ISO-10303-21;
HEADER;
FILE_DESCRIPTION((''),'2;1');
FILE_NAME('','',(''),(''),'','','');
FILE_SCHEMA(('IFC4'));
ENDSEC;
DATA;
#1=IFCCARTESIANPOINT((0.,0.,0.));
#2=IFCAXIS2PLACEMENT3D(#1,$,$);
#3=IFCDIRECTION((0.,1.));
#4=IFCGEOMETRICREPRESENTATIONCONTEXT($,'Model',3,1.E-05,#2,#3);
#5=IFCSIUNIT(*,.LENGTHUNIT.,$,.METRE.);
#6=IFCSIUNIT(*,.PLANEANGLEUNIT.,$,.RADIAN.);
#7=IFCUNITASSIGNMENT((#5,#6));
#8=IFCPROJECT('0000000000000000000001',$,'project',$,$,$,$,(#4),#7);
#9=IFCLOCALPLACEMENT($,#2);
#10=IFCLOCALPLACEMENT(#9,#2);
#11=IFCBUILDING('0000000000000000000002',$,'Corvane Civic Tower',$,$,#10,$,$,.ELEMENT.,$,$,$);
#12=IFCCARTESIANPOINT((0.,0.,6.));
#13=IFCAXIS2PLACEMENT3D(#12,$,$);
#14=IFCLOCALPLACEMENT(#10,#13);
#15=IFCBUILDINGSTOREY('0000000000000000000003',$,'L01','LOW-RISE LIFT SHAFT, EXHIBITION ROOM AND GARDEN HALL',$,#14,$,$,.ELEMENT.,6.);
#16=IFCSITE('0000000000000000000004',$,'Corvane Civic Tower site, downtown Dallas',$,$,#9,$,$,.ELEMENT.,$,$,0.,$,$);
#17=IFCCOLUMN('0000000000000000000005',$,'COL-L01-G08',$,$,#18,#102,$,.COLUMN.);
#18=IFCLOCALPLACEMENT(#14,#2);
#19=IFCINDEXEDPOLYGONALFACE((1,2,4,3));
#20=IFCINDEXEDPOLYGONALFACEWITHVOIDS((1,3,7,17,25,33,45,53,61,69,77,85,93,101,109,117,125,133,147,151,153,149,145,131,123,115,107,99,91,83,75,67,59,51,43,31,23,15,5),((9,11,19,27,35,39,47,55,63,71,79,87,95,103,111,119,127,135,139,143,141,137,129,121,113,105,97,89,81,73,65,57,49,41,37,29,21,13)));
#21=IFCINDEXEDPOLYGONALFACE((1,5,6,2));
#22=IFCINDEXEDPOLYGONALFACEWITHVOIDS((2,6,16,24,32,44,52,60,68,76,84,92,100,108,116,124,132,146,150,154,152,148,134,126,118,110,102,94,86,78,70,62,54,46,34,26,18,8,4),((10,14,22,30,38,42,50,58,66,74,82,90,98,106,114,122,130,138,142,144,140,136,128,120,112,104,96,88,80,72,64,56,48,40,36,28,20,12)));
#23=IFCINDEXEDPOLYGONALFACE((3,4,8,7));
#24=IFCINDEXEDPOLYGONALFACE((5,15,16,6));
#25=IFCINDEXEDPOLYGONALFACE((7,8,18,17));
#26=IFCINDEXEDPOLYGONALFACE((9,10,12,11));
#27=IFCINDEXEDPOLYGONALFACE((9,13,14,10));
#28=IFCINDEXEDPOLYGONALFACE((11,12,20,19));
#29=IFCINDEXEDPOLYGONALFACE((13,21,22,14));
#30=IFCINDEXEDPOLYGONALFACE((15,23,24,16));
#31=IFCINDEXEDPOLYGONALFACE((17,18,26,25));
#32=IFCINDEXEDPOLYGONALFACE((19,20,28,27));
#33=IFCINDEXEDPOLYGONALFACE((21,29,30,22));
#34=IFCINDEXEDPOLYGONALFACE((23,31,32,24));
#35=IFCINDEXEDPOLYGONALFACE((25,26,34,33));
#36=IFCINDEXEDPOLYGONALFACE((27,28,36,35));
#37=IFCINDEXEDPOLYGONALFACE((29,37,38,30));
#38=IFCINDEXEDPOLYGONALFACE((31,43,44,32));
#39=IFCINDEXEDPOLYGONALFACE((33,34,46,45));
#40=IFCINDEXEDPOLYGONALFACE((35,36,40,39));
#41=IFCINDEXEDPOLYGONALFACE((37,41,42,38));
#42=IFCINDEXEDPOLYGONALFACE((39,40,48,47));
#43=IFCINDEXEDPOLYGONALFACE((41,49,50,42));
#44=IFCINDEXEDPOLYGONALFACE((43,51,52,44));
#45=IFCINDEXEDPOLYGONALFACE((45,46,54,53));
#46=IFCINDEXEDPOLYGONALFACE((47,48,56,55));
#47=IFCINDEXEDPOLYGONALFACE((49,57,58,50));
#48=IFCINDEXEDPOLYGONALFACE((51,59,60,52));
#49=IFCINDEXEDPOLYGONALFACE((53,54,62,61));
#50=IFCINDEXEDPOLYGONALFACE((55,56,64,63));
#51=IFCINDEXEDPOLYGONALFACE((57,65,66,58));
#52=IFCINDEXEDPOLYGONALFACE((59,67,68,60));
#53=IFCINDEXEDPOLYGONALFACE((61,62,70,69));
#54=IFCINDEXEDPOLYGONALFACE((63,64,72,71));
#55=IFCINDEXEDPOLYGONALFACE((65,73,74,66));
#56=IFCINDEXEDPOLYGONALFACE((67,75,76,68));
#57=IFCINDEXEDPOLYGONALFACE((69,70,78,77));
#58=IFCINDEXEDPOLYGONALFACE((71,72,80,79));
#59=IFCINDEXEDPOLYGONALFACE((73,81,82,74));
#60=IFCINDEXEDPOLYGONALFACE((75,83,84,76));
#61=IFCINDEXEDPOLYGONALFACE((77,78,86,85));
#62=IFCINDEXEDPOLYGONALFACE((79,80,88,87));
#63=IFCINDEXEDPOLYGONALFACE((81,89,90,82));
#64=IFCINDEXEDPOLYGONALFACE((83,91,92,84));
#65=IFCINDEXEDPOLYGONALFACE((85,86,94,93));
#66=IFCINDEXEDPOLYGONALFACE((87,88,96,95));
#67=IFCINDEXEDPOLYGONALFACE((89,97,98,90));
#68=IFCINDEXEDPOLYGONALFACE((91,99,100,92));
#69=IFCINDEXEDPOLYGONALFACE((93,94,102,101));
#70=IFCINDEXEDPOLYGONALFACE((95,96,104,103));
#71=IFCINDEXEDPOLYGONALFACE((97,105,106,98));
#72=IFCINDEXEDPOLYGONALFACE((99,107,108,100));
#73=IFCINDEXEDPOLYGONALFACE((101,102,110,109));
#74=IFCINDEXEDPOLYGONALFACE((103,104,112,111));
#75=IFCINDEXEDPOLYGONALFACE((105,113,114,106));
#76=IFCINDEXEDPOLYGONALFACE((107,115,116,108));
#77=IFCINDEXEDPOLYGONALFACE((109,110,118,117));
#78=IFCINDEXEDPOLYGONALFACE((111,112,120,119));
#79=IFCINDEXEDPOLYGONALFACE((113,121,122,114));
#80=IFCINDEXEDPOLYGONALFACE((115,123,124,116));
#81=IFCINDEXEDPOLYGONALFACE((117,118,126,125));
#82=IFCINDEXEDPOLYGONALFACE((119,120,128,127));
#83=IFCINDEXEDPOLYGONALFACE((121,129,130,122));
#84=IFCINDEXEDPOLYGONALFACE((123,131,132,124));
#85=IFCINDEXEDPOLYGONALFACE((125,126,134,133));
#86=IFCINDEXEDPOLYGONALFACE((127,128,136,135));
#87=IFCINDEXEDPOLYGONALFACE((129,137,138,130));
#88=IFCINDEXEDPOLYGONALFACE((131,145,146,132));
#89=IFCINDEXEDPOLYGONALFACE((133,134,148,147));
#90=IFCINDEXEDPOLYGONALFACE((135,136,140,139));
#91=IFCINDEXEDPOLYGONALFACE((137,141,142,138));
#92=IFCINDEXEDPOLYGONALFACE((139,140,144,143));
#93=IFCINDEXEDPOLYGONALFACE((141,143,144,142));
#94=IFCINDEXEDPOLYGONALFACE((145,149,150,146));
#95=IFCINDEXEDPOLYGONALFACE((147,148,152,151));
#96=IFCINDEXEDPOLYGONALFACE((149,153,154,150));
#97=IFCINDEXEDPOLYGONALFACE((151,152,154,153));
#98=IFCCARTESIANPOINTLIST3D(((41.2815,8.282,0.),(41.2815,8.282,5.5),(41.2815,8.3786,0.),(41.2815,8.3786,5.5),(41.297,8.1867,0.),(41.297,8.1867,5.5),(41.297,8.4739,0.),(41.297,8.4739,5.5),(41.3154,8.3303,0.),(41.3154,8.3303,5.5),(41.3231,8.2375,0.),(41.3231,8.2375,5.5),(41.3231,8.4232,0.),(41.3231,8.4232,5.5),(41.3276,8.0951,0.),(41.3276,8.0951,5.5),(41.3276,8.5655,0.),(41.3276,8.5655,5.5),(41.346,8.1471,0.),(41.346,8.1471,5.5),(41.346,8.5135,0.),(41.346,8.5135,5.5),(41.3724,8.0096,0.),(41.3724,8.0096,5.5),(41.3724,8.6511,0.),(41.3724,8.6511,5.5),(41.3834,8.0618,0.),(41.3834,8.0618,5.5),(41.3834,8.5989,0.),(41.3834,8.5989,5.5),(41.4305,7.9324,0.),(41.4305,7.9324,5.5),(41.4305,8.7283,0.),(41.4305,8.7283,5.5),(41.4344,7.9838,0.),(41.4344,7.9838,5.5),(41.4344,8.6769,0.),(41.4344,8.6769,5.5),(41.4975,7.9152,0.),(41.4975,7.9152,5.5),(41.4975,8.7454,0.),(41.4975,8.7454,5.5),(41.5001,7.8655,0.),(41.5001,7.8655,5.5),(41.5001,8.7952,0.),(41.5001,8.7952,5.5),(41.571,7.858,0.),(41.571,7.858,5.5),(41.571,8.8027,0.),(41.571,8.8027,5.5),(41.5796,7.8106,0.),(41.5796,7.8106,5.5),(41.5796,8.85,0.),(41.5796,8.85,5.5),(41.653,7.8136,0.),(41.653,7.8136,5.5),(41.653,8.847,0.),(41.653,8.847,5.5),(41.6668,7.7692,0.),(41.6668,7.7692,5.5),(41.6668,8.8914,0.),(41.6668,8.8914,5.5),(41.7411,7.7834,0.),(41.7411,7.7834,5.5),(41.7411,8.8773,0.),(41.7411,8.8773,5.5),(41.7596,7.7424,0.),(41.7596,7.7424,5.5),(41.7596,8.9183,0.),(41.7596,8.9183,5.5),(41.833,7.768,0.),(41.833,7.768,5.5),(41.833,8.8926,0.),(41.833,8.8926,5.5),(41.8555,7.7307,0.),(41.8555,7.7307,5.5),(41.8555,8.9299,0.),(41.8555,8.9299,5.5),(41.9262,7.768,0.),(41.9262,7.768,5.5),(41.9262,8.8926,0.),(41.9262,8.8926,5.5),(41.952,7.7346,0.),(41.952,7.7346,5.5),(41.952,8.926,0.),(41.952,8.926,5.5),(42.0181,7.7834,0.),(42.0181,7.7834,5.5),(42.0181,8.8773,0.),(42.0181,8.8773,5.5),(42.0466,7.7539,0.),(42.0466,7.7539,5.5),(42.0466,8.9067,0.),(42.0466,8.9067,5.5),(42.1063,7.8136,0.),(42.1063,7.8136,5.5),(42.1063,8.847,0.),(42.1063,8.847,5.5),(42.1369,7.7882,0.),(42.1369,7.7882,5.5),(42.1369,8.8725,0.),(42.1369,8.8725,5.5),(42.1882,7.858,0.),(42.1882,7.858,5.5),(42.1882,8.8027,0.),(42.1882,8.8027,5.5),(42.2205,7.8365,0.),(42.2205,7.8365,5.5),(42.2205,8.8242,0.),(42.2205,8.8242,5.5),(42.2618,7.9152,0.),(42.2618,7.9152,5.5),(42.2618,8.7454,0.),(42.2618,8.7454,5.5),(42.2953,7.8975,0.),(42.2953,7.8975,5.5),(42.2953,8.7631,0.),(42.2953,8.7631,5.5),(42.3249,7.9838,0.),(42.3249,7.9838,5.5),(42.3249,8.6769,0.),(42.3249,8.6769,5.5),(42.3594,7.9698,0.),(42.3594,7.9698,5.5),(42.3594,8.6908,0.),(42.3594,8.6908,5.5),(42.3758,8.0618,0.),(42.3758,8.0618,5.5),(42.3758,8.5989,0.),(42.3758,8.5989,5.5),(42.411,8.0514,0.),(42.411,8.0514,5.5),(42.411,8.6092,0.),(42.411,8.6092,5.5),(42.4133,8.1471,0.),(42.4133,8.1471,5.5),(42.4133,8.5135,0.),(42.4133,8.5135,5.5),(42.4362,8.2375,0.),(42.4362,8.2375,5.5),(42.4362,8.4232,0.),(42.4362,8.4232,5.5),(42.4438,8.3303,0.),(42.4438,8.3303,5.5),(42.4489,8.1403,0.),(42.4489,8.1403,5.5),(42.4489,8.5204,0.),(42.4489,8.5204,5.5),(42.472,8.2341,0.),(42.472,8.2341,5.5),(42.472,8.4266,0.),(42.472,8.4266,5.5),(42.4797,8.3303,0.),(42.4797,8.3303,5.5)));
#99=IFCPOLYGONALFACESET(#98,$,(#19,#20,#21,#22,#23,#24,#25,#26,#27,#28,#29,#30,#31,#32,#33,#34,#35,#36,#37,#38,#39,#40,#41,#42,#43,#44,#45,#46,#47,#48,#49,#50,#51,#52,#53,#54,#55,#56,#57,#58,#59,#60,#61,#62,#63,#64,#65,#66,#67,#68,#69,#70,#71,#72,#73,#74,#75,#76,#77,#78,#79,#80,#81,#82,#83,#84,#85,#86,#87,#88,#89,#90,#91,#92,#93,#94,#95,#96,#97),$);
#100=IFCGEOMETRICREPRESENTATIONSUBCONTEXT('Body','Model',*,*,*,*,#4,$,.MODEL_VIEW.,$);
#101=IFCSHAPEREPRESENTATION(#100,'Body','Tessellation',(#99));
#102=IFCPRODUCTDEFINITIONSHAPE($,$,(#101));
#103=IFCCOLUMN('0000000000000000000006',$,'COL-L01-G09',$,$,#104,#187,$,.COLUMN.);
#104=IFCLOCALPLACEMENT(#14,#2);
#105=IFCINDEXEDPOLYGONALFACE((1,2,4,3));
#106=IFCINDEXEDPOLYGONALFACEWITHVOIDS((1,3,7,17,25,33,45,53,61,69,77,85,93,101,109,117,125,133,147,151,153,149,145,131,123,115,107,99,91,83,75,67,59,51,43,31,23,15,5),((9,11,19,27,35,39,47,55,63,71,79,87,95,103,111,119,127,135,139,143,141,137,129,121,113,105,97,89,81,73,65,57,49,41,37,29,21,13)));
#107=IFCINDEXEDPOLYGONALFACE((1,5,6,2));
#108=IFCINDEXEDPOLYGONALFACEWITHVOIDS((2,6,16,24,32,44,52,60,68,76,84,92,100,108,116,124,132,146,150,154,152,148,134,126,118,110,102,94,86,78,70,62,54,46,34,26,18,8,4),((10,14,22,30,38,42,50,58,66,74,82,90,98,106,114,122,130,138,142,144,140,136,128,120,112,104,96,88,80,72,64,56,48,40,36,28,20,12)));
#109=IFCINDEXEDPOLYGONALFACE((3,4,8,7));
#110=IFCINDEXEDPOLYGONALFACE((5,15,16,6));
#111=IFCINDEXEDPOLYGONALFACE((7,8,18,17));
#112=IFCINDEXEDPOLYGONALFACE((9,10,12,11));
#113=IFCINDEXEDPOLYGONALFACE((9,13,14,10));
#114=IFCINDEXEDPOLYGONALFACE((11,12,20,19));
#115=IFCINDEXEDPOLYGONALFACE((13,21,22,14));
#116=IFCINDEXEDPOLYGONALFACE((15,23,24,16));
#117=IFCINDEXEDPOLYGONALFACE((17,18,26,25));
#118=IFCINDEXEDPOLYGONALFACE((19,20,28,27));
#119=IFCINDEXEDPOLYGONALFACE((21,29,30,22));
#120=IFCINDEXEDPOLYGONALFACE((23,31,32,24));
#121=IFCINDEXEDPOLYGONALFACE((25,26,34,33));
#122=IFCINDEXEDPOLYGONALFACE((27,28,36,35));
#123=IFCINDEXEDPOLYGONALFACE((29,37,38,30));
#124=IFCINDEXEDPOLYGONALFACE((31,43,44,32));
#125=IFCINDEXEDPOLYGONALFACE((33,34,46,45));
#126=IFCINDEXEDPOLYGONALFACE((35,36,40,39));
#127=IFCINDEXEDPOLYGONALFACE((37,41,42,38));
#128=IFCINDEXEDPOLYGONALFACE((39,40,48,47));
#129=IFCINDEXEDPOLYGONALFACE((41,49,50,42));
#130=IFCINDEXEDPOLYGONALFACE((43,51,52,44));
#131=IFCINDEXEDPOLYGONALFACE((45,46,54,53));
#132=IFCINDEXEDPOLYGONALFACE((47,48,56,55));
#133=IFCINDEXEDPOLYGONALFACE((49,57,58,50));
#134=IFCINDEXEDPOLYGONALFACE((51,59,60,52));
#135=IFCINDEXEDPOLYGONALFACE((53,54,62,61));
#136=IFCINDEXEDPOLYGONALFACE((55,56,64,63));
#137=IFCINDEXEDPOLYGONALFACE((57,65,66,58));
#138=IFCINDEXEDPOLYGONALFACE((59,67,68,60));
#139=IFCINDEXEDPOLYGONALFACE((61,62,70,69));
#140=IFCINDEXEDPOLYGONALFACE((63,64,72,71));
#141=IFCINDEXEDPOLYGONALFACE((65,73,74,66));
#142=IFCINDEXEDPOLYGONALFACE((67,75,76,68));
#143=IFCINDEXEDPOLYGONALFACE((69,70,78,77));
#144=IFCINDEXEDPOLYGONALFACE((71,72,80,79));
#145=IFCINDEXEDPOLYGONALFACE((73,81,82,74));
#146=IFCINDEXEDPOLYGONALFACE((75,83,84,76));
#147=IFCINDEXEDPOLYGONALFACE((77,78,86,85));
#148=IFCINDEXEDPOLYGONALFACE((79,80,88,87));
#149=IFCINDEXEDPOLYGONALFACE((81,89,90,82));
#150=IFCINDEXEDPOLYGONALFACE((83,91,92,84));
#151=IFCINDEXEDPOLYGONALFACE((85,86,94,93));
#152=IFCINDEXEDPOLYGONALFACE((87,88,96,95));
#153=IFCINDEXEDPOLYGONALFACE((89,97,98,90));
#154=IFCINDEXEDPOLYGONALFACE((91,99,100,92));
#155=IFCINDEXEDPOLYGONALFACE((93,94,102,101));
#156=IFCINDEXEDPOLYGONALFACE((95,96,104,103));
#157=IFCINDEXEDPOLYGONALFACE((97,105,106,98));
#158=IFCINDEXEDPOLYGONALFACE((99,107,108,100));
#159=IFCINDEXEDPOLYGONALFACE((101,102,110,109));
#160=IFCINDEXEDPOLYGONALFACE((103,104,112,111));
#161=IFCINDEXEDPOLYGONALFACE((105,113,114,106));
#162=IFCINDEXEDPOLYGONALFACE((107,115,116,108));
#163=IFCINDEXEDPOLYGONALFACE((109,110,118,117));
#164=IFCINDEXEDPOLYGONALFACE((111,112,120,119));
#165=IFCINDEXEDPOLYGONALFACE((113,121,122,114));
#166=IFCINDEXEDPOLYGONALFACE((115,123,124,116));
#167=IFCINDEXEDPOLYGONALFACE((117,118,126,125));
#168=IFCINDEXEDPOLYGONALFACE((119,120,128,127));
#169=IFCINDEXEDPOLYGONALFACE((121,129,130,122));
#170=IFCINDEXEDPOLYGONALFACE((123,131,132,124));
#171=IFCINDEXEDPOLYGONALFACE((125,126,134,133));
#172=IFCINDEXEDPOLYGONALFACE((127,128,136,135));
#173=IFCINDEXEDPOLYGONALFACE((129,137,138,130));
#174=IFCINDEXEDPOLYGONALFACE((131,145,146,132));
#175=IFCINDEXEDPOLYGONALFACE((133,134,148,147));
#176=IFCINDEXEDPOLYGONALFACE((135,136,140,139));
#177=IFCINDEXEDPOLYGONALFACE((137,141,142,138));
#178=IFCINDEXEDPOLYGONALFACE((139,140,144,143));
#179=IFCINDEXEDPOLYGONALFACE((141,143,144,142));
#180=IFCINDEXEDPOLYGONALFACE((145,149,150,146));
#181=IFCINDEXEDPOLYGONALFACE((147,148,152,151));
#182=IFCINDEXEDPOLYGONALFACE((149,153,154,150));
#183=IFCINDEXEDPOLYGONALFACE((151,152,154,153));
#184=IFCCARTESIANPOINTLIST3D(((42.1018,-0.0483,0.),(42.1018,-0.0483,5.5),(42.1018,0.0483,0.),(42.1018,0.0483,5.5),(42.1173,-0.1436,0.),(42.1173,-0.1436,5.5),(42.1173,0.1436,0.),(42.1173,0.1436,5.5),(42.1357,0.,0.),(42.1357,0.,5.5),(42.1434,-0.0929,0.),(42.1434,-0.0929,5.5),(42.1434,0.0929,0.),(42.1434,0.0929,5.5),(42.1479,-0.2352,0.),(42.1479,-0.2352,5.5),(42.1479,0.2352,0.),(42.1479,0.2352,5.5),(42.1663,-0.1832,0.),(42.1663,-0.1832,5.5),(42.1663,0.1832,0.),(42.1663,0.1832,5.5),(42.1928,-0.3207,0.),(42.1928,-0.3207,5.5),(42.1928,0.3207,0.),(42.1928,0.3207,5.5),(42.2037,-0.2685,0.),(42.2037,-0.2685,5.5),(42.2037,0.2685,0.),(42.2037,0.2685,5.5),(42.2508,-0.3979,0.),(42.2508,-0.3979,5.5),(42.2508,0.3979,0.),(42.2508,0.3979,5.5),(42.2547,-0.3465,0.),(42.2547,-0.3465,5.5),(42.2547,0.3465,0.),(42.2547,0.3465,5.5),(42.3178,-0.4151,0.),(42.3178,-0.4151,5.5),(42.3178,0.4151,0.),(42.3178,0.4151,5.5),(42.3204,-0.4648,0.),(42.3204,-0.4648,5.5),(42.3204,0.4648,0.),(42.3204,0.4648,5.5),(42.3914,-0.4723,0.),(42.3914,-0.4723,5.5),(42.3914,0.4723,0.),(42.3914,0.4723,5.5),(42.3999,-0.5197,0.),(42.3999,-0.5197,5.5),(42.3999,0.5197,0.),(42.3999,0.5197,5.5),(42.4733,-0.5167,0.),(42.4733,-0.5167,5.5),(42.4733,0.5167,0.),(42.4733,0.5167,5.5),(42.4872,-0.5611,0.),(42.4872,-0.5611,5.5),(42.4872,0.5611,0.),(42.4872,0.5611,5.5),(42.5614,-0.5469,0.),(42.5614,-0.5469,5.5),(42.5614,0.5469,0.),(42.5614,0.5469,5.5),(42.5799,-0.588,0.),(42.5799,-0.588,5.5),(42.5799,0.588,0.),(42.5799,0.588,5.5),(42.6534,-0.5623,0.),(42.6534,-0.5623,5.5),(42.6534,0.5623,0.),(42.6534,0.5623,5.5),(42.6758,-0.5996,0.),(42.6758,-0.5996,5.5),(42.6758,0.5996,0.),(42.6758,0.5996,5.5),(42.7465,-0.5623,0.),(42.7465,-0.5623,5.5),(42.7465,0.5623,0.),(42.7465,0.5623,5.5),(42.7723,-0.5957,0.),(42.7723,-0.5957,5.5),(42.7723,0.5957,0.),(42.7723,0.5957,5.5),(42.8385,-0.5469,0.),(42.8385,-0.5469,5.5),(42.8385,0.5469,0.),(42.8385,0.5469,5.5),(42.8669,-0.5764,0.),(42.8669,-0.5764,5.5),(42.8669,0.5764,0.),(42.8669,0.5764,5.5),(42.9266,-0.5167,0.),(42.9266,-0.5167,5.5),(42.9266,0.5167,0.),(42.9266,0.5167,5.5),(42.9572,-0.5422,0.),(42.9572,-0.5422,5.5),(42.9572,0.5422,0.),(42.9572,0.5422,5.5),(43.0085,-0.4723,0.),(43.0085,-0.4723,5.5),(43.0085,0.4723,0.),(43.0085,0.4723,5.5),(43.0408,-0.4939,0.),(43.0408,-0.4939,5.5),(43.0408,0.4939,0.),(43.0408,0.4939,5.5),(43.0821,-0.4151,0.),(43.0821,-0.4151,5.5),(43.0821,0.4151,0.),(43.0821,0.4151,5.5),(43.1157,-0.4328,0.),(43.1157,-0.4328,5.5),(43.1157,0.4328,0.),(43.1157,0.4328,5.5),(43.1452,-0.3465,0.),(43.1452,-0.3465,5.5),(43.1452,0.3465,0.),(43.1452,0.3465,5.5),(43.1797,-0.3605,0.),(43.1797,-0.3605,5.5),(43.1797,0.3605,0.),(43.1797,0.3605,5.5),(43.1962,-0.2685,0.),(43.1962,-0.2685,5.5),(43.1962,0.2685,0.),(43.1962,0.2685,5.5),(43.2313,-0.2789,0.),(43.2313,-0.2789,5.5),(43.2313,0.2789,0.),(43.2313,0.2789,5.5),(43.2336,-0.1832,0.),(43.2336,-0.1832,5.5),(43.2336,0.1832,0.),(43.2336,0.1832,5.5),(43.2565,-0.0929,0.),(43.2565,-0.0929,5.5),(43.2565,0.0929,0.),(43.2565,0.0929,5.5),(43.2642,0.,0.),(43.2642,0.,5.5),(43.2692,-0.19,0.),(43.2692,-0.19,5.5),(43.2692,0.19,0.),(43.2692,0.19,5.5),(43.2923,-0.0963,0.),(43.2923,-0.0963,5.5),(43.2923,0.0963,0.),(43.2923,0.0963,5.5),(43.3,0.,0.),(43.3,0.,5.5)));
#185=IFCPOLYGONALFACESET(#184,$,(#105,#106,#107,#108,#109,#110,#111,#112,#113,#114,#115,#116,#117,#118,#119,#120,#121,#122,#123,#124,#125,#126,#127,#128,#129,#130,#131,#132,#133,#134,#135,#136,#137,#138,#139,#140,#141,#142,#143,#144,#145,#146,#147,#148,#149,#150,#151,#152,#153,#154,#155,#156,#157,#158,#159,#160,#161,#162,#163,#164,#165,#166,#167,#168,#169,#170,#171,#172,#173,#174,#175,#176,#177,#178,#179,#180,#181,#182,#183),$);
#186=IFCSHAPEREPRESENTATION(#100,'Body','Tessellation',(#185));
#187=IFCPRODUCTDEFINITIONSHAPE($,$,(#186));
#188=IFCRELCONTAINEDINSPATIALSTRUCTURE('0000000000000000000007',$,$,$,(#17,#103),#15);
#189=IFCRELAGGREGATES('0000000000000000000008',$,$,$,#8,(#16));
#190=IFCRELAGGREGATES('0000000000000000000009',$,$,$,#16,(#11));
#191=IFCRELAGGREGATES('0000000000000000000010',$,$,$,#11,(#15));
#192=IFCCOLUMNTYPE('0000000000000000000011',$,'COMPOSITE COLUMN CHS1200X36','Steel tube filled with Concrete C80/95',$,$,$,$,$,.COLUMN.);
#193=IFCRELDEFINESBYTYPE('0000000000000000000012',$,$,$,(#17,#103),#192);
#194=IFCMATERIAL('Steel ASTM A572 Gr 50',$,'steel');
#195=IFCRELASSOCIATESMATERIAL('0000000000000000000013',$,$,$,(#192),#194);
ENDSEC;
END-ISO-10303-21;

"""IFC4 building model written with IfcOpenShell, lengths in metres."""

from ifc_helpers import new_model, si_unit, direction, frame, origin, origin_2d, place, context, subcontext, project, spatial, hollow_circle, extrude, material, material_profile, profile_set, type_object, element, save


model = new_model("IFC4")

# Units and contexts
model_context = context("Model", 3, precision=1e-05, world=origin(), true_north=direction((0.0, 1.0)))
body_context = subcontext(model_context, "Body", "Model", "MODEL_VIEW")
ifc_project = project(units=[si_unit("LENGTHUNIT", "METRE"), si_unit("PLANEANGLEUNIT", "RADIAN")], contexts=[model_context])

# Site, building, storey
site_placement = place(None, origin())
site = spatial("IfcSite", under=ifc_project, at=site_placement, Name="Corvane Civic Tower site, downtown Dallas", CompositionType="ELEMENT", RefElevation=0.0)
building_placement = place(site_placement, origin())
building = spatial("IfcBuilding", under=site, at=building_placement, Name="Corvane Civic Tower", CompositionType="ELEMENT")
storey_placement = place(building_placement, frame((0.0, 0.0, 6.0)))
storey = spatial("IfcBuildingStorey", under=building, at=storey_placement, Name="L01", Description="LOW-RISE LIFT SHAFT, EXHIBITION ROOM AND GARDEN HALL", CompositionType="ELEMENT", Elevation=6.0)

# Columns
ifc_material_1 = material(Name="Steel ASTM A572 Gr 50", Category="steel")
ifc_material_profile_1 = material_profile(ifc_material_1, hollow_circle(Radius=0.6001, WallThickness=0.0359, at=origin_2d()), Name="CHS1200X36")
ifc_profile_set_1 = profile_set([ifc_material_profile_1], Name="Steel ASTM A572 Gr 50")
column_type_1 = type_object("IfcColumnType", Name="COMPOSITE COLUMN CHS1200X36", Description="Steel tube filled with Concrete C80/95", PredefinedType="COLUMN", material=ifc_profile_set_1)
for number, where, z_axis, x_axis, name in (
    (1, (41.8796, 8.3303, 0.0), (0.0, 0.0, 1.0), (1.0, 0.0, 0.0), "COL-L01-G08"),
    (2, (42.7, 0.0, 0.0), (0.0, 0.0, 1.0), (1.0, 0.0, 0.0), "COL-L01-G09"),
):
    element("IfcColumn", number, at=place(storey_placement, frame(where, z_axis=z_axis, x_axis=x_axis)), inside=storey, type_object=column_type_1, Name=name, PredefinedType="COLUMN", context=body_context, shape_type="SweptSolid", body=[
        extrude(hollow_circle(Radius=0.6001, WallThickness=0.0359, at=origin_2d()), origin(), (0.0, 0.0, 1.0), 5.5),
    ])

save(model, "model.ifc")
